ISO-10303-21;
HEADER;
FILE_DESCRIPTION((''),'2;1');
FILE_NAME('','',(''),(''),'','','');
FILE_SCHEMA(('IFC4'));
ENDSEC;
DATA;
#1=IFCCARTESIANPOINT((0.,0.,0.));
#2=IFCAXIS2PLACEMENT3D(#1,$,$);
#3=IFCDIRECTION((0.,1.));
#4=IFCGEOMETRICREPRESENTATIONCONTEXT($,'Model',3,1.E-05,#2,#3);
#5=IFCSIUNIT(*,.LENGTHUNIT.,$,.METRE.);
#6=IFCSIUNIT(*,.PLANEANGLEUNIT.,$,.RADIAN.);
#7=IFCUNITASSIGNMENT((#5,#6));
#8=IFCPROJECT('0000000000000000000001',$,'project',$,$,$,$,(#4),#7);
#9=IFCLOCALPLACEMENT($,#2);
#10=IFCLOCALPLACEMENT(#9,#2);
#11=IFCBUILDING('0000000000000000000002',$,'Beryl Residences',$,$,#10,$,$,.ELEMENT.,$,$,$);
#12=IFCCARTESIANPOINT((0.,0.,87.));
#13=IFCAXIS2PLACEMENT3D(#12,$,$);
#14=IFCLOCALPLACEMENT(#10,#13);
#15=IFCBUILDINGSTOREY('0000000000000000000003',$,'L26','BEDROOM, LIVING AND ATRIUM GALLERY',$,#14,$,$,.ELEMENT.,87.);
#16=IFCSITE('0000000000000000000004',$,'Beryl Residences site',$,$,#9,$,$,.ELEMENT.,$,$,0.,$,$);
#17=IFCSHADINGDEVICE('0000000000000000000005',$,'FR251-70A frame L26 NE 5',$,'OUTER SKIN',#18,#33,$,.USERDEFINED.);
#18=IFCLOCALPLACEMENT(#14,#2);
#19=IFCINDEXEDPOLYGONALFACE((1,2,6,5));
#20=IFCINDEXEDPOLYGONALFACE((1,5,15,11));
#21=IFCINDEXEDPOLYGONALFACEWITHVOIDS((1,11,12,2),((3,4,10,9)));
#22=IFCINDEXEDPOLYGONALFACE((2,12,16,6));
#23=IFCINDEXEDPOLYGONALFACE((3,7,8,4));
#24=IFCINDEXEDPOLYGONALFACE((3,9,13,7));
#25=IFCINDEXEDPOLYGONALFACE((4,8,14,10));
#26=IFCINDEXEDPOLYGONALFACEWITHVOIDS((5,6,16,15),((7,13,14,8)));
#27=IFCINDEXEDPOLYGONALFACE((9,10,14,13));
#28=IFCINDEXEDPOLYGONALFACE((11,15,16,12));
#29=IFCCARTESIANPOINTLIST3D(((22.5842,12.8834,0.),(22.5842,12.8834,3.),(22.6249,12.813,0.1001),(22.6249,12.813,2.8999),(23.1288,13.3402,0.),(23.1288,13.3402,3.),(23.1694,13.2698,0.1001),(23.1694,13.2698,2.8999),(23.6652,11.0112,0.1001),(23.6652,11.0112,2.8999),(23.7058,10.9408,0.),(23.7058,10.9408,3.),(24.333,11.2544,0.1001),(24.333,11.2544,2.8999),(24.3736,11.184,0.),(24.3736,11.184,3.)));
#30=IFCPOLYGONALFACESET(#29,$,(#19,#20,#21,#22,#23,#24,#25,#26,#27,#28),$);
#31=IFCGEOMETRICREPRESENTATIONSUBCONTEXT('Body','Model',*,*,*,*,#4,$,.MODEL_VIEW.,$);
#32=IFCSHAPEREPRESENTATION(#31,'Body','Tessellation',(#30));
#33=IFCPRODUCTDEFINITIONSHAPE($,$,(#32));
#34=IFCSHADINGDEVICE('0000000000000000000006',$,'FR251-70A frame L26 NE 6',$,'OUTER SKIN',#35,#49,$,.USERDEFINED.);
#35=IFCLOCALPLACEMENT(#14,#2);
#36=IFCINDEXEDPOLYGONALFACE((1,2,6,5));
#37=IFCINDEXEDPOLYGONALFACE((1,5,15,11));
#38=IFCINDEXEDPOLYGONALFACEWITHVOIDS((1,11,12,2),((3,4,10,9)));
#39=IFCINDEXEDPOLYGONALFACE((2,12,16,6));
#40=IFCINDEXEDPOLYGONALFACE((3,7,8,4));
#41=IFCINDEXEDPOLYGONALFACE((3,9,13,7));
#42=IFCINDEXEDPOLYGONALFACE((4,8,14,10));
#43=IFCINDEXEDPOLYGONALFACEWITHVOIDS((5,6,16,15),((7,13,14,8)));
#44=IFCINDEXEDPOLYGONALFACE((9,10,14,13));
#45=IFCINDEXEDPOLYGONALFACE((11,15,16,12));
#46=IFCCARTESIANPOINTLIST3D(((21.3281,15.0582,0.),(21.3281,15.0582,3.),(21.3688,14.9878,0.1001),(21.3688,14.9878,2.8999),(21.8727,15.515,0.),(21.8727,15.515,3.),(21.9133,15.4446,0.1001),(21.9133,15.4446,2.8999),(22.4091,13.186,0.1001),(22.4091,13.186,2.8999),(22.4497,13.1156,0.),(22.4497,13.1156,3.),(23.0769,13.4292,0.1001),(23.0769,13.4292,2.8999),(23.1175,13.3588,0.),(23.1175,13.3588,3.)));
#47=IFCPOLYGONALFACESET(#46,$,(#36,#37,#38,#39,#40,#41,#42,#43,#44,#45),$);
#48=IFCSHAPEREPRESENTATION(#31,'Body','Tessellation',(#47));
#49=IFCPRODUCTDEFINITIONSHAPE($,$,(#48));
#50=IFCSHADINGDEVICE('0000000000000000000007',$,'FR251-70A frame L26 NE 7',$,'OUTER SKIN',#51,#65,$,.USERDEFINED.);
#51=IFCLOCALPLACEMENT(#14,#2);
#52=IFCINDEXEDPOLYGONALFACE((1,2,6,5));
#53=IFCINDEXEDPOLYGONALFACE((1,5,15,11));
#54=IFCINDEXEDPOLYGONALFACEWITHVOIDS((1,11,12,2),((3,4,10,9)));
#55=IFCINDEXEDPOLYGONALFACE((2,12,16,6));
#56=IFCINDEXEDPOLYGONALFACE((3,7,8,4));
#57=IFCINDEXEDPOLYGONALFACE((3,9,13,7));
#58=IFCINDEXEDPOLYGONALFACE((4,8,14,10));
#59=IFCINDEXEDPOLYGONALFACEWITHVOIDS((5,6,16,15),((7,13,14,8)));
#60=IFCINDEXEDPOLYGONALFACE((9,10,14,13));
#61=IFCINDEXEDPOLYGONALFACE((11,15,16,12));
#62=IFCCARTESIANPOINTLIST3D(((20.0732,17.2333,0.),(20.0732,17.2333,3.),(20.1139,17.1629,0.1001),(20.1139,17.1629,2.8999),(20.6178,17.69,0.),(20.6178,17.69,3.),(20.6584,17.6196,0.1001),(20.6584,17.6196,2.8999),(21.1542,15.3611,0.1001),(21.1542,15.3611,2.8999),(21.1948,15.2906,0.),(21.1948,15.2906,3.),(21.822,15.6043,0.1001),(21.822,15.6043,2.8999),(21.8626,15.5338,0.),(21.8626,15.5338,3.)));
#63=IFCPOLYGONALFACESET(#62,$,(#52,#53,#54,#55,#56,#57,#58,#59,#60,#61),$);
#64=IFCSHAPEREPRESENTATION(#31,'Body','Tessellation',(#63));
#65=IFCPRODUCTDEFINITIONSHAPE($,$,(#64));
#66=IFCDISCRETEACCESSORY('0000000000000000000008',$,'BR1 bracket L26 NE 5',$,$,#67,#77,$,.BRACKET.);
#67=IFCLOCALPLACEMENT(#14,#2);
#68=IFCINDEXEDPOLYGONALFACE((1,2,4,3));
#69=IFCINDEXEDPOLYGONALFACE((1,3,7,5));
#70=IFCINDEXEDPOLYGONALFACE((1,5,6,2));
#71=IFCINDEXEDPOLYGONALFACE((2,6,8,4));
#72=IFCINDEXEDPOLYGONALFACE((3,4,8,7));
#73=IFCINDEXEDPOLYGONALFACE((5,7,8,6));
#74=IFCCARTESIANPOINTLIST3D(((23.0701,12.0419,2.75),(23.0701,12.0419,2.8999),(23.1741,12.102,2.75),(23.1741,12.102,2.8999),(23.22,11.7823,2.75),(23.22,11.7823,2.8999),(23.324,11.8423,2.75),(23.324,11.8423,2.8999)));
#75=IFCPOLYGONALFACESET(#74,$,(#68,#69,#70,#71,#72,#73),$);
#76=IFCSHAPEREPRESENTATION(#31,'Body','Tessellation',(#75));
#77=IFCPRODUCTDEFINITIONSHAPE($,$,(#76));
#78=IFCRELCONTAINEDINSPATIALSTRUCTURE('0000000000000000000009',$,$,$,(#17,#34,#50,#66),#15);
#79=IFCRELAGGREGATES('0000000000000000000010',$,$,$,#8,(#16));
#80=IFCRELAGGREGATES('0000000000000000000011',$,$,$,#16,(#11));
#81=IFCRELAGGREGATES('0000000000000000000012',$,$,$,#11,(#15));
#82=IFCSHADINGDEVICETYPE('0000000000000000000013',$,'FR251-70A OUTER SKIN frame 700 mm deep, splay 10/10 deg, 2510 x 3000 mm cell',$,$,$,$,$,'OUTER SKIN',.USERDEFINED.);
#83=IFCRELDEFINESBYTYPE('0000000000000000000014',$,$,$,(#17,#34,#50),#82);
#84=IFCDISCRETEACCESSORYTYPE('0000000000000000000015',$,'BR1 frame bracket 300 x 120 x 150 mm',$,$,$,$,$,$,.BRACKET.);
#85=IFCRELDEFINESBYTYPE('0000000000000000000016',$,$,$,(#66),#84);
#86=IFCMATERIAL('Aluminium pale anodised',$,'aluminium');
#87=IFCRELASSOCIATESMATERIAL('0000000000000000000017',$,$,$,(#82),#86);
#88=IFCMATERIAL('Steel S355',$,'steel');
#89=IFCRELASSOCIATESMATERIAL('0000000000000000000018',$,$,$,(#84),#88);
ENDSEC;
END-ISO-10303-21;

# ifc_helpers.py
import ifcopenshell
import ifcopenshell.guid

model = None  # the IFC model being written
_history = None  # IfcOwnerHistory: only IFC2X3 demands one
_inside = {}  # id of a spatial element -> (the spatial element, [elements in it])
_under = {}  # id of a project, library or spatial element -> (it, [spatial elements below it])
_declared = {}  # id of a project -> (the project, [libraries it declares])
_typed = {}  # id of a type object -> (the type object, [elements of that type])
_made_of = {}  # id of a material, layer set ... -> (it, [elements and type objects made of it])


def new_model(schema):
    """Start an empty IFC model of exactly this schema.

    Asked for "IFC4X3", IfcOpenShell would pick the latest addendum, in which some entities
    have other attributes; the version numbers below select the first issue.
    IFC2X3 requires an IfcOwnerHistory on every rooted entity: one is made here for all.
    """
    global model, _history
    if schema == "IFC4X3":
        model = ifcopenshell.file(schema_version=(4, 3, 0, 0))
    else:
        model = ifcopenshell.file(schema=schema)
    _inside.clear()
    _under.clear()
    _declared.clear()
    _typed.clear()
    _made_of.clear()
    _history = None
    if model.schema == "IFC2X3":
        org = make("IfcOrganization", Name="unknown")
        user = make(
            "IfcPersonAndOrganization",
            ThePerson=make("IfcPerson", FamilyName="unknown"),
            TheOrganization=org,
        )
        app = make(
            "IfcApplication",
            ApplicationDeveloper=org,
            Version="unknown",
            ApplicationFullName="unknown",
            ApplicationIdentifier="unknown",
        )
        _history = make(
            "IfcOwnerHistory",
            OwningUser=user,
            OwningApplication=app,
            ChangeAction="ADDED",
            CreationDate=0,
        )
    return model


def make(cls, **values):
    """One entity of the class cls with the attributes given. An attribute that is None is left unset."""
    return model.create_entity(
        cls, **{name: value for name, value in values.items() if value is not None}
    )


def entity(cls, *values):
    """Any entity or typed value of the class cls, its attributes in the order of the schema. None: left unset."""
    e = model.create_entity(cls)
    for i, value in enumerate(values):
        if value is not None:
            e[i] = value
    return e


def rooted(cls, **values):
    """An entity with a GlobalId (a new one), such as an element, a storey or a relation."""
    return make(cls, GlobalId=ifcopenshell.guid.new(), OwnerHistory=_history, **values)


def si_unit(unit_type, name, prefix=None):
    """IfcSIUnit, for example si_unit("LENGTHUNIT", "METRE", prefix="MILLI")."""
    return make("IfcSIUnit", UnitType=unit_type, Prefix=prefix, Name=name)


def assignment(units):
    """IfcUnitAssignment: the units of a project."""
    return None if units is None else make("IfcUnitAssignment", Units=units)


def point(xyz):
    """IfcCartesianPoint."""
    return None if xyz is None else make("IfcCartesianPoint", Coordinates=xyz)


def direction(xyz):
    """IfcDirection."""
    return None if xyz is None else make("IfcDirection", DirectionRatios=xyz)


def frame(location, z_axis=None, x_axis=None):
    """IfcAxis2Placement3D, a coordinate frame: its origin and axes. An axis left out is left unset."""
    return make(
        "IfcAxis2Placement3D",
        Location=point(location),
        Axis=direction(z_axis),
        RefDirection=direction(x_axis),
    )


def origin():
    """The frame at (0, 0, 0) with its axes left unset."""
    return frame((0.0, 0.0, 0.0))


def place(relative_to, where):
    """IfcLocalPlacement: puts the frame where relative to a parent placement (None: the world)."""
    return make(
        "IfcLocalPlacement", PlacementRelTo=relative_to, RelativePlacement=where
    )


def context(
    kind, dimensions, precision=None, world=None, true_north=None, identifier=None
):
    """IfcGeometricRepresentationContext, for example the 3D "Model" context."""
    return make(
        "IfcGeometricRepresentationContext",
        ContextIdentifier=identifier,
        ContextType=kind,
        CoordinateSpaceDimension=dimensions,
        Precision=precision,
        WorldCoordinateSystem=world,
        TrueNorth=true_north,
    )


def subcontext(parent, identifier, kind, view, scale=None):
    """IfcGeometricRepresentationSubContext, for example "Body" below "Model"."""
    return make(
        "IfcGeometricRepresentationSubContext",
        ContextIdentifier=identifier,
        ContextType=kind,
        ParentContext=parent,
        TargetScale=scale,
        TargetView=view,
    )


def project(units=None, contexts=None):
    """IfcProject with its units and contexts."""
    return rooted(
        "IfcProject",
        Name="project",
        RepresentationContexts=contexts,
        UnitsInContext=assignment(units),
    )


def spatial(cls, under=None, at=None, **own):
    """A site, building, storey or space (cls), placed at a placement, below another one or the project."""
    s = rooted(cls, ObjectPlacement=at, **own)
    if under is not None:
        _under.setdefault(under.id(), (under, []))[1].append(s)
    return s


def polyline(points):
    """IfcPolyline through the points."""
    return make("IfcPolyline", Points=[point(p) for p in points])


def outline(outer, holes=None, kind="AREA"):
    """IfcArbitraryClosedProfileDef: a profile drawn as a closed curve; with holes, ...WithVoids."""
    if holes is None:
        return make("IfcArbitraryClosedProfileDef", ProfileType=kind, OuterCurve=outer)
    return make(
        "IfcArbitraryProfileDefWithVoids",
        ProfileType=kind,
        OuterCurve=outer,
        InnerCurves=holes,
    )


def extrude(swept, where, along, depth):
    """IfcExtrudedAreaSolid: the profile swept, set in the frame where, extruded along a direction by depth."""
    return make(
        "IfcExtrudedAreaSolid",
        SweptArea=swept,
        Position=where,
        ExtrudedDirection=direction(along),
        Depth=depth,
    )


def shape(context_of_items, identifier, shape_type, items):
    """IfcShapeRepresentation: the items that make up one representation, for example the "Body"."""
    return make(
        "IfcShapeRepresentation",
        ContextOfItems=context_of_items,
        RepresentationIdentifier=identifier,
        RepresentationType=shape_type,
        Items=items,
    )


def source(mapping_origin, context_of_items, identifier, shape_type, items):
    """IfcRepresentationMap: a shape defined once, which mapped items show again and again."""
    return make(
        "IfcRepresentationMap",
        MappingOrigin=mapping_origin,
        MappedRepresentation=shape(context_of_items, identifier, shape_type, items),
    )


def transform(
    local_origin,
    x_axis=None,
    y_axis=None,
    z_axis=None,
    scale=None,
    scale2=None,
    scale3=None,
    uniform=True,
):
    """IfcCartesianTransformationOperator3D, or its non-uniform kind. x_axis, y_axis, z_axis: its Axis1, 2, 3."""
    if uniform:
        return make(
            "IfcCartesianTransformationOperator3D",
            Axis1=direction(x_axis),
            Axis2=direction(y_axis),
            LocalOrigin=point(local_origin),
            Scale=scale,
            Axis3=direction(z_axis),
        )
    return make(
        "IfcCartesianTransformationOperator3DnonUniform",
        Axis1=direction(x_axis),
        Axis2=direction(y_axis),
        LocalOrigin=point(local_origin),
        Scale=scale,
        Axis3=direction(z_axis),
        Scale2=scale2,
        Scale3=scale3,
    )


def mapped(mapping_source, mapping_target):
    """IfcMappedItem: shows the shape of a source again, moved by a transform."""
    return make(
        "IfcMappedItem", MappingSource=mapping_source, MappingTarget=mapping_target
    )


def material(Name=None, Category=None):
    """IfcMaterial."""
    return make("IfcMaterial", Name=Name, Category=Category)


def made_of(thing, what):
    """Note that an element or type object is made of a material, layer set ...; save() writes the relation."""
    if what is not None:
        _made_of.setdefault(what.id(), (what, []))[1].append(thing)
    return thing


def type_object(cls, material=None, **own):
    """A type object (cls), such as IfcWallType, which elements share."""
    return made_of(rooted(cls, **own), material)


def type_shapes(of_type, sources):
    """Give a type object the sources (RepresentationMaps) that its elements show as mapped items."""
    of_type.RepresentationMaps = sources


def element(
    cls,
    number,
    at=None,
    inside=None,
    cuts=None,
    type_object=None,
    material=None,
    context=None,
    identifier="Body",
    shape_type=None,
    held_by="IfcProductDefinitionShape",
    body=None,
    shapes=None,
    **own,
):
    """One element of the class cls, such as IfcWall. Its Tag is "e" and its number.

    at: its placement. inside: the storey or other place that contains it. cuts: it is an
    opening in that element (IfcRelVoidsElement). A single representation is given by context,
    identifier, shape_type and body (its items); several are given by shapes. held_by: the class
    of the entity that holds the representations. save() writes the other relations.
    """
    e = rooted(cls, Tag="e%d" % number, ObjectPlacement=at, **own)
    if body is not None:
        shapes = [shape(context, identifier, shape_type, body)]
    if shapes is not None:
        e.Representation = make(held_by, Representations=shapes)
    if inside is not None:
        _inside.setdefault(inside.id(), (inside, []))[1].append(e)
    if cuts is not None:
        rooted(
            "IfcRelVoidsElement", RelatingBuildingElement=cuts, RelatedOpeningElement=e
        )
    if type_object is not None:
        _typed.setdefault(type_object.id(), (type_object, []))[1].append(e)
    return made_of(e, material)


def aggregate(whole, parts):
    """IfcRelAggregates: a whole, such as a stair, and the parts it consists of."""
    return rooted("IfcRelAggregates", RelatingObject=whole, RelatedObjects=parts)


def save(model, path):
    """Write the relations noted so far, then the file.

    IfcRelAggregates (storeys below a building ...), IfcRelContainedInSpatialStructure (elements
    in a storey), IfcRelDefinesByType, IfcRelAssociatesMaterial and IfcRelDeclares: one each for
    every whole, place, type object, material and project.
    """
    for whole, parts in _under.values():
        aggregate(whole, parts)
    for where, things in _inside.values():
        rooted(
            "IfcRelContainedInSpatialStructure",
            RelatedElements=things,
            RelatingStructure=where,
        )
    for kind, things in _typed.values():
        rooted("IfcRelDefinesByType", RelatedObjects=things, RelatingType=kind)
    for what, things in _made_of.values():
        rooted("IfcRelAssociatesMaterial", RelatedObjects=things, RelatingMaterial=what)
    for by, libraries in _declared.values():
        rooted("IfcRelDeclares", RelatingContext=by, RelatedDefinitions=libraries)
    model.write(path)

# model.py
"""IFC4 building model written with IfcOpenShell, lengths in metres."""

from ifc_helpers import new_model, entity, si_unit, direction, frame, origin, place, context, subcontext, project, spatial, polyline, outline, extrude, source, transform, mapped, material, type_object, type_shapes, element, save


model = new_model("IFC4")

# Units and contexts
model_context = context("Model", 3, precision=1e-05, world=origin(), true_north=direction((0.0, 1.0)))
body_context = subcontext(model_context, "Body", "Model", "MODEL_VIEW")
ifc_project = project(units=[si_unit("LENGTHUNIT", "METRE"), si_unit("PLANEANGLEUNIT", "RADIAN")], contexts=[model_context])

# Site, building, storey
site_placement = place(None, origin())
site = spatial("IfcSite", under=ifc_project, at=site_placement, Name="Beryl Residences site", CompositionType="ELEMENT", RefElevation=0.0)
building_placement = place(site_placement, origin())
building = spatial("IfcBuilding", under=site, at=building_placement, Name="Beryl Residences", CompositionType="ELEMENT")
storey_placement = place(building_placement, frame((0.0, 0.0, 87.0)))
storey = spatial("IfcBuildingStorey", under=building, at=storey_placement, Name="L26", Description="BEDROOM, LIVING AND ATRIUM GALLERY", CompositionType="ELEMENT", Elevation=87.0)

# Shading devices
ifc_material_1 = material(Name="Aluminium pale anodised", Category="aluminium")
shading_device_type = type_object("IfcShadingDeviceType", Name="FR251-70A OUTER SKIN frame 700 mm deep, splay 10/10 deg, 2510 x 3000 mm cell", ElementType="OUTER SKIN", PredefinedType="USERDEFINED", material=ifc_material_1)
cartesian_point_1 = entity("IfcCartesianPoint", [-1.1216, 0.0])
cartesian_point_2 = entity("IfcCartesianPoint", [-1.0403, 0.1001])
cartesian_point_3 = entity("IfcCartesianPoint", [-1.2449, 0.0])
cartesian_point_4 = entity("IfcCartesianPoint", [-1.1636, 0.1001])
shared_shape_1 = source(origin(), body_context, "Body", "SweptSolid", [
    entity("IfcExtrudedAreaSolidTapered", entity("IfcArbitraryProfileDefWithVoids", "AREA", None, entity("IfcPolyline", [cartesian_point_1, entity("IfcCartesianPoint", [1.1216, 0.0]), entity("IfcCartesianPoint", [1.1216, 3.0]), entity("IfcCartesianPoint", [-1.1216, 3.0]), cartesian_point_1]), [entity("IfcPolyline", [cartesian_point_2, entity("IfcCartesianPoint", [1.0403, 0.1001]), entity("IfcCartesianPoint", [1.0403, 2.8999]), entity("IfcCartesianPoint", [-1.0403, 2.8999]), cartesian_point_2])]), entity("IfcAxis2Placement3D", entity("IfcCartesianPoint", [0.0, 0.0, 0.0]), entity("IfcDirection", [0.0, 1.0, 0.0]), entity("IfcDirection", [-1.0, 0.0, 0.0])), entity("IfcDirection", [0.0, 0.0, 1.0]), 0.7, entity("IfcArbitraryProfileDefWithVoids", "AREA", None, entity("IfcPolyline", [cartesian_point_3, entity("IfcCartesianPoint", [1.2449, 0.0]), entity("IfcCartesianPoint", [1.2449, 3.0]), entity("IfcCartesianPoint", [-1.2449, 3.0]), cartesian_point_3]), [entity("IfcPolyline", [cartesian_point_4, entity("IfcCartesianPoint", [1.1636, 0.1001]), entity("IfcCartesianPoint", [1.1636, 2.8999]), entity("IfcCartesianPoint", [-1.1636, 2.8999]), cartesian_point_4])])),
])
type_shapes(shading_device_type, [shared_shape_1])
for number, where, z_axis, x_axis, name in (
    (1, (23.145, 11.9121, 0.0), (0.0, 0.0, 1.0), (0.5, -0.866025, 0.0), "FR251-70A frame L26 NE 5"),
    (2, (21.8889, 14.0869, 0.0), (0.0, 0.0, 1.0), (0.5, -0.866025, 0.0), "FR251-70A frame L26 NE 6"),
    (3, (20.634, 16.262, 0.0), (0.0, 0.0, 1.0), (0.5, -0.866025, 0.0), "FR251-70A frame L26 NE 7"),
):
    element("IfcShadingDevice", number, at=place(storey_placement, frame(where, z_axis=z_axis, x_axis=x_axis)), inside=storey, type_object=shading_device_type, Name=name, ObjectType="OUTER SKIN", PredefinedType="USERDEFINED", context=body_context, shape_type="MappedRepresentation", body=[
        mapped(shared_shape_1, transform((0.0, 0.0, 0.0))),
    ])

# Discrete accessory
ifc_material_2 = material(Name="Steel S355", Category="steel")
discrete_accessory_type = type_object("IfcDiscreteAccessoryType", Name="BR1 frame bracket 300 x 120 x 150 mm", PredefinedType="BRACKET", material=ifc_material_2)
shared_shape_2 = source(origin(), body_context, "Body", "SweptSolid", [
    extrude(outline(polyline([(-0.1499, 0.0), (0.1499, 0.0), (0.1499, 0.1201), (-0.1499, 0.1201), (-0.1499, 0.0)])), origin(), (0.0, 0.0, 1.0), 0.1499),
])
type_shapes(discrete_accessory_type, [shared_shape_2])
discrete_accessory_placement = place(storey_placement, frame((23.145, 11.9121, 2.75), z_axis=(0.0, 0.0, 1.0), x_axis=(0.5, -0.866025, 0.0)))
element("IfcDiscreteAccessory", 4, at=discrete_accessory_placement, inside=storey, type_object=discrete_accessory_type, Name="BR1 bracket L26 NE 5", PredefinedType="BRACKET", context=body_context, shape_type="MappedRepresentation", body=[
    mapped(shared_shape_2, transform((0.0, 0.0, 0.0))),
])

save(model, "model.ifc")
